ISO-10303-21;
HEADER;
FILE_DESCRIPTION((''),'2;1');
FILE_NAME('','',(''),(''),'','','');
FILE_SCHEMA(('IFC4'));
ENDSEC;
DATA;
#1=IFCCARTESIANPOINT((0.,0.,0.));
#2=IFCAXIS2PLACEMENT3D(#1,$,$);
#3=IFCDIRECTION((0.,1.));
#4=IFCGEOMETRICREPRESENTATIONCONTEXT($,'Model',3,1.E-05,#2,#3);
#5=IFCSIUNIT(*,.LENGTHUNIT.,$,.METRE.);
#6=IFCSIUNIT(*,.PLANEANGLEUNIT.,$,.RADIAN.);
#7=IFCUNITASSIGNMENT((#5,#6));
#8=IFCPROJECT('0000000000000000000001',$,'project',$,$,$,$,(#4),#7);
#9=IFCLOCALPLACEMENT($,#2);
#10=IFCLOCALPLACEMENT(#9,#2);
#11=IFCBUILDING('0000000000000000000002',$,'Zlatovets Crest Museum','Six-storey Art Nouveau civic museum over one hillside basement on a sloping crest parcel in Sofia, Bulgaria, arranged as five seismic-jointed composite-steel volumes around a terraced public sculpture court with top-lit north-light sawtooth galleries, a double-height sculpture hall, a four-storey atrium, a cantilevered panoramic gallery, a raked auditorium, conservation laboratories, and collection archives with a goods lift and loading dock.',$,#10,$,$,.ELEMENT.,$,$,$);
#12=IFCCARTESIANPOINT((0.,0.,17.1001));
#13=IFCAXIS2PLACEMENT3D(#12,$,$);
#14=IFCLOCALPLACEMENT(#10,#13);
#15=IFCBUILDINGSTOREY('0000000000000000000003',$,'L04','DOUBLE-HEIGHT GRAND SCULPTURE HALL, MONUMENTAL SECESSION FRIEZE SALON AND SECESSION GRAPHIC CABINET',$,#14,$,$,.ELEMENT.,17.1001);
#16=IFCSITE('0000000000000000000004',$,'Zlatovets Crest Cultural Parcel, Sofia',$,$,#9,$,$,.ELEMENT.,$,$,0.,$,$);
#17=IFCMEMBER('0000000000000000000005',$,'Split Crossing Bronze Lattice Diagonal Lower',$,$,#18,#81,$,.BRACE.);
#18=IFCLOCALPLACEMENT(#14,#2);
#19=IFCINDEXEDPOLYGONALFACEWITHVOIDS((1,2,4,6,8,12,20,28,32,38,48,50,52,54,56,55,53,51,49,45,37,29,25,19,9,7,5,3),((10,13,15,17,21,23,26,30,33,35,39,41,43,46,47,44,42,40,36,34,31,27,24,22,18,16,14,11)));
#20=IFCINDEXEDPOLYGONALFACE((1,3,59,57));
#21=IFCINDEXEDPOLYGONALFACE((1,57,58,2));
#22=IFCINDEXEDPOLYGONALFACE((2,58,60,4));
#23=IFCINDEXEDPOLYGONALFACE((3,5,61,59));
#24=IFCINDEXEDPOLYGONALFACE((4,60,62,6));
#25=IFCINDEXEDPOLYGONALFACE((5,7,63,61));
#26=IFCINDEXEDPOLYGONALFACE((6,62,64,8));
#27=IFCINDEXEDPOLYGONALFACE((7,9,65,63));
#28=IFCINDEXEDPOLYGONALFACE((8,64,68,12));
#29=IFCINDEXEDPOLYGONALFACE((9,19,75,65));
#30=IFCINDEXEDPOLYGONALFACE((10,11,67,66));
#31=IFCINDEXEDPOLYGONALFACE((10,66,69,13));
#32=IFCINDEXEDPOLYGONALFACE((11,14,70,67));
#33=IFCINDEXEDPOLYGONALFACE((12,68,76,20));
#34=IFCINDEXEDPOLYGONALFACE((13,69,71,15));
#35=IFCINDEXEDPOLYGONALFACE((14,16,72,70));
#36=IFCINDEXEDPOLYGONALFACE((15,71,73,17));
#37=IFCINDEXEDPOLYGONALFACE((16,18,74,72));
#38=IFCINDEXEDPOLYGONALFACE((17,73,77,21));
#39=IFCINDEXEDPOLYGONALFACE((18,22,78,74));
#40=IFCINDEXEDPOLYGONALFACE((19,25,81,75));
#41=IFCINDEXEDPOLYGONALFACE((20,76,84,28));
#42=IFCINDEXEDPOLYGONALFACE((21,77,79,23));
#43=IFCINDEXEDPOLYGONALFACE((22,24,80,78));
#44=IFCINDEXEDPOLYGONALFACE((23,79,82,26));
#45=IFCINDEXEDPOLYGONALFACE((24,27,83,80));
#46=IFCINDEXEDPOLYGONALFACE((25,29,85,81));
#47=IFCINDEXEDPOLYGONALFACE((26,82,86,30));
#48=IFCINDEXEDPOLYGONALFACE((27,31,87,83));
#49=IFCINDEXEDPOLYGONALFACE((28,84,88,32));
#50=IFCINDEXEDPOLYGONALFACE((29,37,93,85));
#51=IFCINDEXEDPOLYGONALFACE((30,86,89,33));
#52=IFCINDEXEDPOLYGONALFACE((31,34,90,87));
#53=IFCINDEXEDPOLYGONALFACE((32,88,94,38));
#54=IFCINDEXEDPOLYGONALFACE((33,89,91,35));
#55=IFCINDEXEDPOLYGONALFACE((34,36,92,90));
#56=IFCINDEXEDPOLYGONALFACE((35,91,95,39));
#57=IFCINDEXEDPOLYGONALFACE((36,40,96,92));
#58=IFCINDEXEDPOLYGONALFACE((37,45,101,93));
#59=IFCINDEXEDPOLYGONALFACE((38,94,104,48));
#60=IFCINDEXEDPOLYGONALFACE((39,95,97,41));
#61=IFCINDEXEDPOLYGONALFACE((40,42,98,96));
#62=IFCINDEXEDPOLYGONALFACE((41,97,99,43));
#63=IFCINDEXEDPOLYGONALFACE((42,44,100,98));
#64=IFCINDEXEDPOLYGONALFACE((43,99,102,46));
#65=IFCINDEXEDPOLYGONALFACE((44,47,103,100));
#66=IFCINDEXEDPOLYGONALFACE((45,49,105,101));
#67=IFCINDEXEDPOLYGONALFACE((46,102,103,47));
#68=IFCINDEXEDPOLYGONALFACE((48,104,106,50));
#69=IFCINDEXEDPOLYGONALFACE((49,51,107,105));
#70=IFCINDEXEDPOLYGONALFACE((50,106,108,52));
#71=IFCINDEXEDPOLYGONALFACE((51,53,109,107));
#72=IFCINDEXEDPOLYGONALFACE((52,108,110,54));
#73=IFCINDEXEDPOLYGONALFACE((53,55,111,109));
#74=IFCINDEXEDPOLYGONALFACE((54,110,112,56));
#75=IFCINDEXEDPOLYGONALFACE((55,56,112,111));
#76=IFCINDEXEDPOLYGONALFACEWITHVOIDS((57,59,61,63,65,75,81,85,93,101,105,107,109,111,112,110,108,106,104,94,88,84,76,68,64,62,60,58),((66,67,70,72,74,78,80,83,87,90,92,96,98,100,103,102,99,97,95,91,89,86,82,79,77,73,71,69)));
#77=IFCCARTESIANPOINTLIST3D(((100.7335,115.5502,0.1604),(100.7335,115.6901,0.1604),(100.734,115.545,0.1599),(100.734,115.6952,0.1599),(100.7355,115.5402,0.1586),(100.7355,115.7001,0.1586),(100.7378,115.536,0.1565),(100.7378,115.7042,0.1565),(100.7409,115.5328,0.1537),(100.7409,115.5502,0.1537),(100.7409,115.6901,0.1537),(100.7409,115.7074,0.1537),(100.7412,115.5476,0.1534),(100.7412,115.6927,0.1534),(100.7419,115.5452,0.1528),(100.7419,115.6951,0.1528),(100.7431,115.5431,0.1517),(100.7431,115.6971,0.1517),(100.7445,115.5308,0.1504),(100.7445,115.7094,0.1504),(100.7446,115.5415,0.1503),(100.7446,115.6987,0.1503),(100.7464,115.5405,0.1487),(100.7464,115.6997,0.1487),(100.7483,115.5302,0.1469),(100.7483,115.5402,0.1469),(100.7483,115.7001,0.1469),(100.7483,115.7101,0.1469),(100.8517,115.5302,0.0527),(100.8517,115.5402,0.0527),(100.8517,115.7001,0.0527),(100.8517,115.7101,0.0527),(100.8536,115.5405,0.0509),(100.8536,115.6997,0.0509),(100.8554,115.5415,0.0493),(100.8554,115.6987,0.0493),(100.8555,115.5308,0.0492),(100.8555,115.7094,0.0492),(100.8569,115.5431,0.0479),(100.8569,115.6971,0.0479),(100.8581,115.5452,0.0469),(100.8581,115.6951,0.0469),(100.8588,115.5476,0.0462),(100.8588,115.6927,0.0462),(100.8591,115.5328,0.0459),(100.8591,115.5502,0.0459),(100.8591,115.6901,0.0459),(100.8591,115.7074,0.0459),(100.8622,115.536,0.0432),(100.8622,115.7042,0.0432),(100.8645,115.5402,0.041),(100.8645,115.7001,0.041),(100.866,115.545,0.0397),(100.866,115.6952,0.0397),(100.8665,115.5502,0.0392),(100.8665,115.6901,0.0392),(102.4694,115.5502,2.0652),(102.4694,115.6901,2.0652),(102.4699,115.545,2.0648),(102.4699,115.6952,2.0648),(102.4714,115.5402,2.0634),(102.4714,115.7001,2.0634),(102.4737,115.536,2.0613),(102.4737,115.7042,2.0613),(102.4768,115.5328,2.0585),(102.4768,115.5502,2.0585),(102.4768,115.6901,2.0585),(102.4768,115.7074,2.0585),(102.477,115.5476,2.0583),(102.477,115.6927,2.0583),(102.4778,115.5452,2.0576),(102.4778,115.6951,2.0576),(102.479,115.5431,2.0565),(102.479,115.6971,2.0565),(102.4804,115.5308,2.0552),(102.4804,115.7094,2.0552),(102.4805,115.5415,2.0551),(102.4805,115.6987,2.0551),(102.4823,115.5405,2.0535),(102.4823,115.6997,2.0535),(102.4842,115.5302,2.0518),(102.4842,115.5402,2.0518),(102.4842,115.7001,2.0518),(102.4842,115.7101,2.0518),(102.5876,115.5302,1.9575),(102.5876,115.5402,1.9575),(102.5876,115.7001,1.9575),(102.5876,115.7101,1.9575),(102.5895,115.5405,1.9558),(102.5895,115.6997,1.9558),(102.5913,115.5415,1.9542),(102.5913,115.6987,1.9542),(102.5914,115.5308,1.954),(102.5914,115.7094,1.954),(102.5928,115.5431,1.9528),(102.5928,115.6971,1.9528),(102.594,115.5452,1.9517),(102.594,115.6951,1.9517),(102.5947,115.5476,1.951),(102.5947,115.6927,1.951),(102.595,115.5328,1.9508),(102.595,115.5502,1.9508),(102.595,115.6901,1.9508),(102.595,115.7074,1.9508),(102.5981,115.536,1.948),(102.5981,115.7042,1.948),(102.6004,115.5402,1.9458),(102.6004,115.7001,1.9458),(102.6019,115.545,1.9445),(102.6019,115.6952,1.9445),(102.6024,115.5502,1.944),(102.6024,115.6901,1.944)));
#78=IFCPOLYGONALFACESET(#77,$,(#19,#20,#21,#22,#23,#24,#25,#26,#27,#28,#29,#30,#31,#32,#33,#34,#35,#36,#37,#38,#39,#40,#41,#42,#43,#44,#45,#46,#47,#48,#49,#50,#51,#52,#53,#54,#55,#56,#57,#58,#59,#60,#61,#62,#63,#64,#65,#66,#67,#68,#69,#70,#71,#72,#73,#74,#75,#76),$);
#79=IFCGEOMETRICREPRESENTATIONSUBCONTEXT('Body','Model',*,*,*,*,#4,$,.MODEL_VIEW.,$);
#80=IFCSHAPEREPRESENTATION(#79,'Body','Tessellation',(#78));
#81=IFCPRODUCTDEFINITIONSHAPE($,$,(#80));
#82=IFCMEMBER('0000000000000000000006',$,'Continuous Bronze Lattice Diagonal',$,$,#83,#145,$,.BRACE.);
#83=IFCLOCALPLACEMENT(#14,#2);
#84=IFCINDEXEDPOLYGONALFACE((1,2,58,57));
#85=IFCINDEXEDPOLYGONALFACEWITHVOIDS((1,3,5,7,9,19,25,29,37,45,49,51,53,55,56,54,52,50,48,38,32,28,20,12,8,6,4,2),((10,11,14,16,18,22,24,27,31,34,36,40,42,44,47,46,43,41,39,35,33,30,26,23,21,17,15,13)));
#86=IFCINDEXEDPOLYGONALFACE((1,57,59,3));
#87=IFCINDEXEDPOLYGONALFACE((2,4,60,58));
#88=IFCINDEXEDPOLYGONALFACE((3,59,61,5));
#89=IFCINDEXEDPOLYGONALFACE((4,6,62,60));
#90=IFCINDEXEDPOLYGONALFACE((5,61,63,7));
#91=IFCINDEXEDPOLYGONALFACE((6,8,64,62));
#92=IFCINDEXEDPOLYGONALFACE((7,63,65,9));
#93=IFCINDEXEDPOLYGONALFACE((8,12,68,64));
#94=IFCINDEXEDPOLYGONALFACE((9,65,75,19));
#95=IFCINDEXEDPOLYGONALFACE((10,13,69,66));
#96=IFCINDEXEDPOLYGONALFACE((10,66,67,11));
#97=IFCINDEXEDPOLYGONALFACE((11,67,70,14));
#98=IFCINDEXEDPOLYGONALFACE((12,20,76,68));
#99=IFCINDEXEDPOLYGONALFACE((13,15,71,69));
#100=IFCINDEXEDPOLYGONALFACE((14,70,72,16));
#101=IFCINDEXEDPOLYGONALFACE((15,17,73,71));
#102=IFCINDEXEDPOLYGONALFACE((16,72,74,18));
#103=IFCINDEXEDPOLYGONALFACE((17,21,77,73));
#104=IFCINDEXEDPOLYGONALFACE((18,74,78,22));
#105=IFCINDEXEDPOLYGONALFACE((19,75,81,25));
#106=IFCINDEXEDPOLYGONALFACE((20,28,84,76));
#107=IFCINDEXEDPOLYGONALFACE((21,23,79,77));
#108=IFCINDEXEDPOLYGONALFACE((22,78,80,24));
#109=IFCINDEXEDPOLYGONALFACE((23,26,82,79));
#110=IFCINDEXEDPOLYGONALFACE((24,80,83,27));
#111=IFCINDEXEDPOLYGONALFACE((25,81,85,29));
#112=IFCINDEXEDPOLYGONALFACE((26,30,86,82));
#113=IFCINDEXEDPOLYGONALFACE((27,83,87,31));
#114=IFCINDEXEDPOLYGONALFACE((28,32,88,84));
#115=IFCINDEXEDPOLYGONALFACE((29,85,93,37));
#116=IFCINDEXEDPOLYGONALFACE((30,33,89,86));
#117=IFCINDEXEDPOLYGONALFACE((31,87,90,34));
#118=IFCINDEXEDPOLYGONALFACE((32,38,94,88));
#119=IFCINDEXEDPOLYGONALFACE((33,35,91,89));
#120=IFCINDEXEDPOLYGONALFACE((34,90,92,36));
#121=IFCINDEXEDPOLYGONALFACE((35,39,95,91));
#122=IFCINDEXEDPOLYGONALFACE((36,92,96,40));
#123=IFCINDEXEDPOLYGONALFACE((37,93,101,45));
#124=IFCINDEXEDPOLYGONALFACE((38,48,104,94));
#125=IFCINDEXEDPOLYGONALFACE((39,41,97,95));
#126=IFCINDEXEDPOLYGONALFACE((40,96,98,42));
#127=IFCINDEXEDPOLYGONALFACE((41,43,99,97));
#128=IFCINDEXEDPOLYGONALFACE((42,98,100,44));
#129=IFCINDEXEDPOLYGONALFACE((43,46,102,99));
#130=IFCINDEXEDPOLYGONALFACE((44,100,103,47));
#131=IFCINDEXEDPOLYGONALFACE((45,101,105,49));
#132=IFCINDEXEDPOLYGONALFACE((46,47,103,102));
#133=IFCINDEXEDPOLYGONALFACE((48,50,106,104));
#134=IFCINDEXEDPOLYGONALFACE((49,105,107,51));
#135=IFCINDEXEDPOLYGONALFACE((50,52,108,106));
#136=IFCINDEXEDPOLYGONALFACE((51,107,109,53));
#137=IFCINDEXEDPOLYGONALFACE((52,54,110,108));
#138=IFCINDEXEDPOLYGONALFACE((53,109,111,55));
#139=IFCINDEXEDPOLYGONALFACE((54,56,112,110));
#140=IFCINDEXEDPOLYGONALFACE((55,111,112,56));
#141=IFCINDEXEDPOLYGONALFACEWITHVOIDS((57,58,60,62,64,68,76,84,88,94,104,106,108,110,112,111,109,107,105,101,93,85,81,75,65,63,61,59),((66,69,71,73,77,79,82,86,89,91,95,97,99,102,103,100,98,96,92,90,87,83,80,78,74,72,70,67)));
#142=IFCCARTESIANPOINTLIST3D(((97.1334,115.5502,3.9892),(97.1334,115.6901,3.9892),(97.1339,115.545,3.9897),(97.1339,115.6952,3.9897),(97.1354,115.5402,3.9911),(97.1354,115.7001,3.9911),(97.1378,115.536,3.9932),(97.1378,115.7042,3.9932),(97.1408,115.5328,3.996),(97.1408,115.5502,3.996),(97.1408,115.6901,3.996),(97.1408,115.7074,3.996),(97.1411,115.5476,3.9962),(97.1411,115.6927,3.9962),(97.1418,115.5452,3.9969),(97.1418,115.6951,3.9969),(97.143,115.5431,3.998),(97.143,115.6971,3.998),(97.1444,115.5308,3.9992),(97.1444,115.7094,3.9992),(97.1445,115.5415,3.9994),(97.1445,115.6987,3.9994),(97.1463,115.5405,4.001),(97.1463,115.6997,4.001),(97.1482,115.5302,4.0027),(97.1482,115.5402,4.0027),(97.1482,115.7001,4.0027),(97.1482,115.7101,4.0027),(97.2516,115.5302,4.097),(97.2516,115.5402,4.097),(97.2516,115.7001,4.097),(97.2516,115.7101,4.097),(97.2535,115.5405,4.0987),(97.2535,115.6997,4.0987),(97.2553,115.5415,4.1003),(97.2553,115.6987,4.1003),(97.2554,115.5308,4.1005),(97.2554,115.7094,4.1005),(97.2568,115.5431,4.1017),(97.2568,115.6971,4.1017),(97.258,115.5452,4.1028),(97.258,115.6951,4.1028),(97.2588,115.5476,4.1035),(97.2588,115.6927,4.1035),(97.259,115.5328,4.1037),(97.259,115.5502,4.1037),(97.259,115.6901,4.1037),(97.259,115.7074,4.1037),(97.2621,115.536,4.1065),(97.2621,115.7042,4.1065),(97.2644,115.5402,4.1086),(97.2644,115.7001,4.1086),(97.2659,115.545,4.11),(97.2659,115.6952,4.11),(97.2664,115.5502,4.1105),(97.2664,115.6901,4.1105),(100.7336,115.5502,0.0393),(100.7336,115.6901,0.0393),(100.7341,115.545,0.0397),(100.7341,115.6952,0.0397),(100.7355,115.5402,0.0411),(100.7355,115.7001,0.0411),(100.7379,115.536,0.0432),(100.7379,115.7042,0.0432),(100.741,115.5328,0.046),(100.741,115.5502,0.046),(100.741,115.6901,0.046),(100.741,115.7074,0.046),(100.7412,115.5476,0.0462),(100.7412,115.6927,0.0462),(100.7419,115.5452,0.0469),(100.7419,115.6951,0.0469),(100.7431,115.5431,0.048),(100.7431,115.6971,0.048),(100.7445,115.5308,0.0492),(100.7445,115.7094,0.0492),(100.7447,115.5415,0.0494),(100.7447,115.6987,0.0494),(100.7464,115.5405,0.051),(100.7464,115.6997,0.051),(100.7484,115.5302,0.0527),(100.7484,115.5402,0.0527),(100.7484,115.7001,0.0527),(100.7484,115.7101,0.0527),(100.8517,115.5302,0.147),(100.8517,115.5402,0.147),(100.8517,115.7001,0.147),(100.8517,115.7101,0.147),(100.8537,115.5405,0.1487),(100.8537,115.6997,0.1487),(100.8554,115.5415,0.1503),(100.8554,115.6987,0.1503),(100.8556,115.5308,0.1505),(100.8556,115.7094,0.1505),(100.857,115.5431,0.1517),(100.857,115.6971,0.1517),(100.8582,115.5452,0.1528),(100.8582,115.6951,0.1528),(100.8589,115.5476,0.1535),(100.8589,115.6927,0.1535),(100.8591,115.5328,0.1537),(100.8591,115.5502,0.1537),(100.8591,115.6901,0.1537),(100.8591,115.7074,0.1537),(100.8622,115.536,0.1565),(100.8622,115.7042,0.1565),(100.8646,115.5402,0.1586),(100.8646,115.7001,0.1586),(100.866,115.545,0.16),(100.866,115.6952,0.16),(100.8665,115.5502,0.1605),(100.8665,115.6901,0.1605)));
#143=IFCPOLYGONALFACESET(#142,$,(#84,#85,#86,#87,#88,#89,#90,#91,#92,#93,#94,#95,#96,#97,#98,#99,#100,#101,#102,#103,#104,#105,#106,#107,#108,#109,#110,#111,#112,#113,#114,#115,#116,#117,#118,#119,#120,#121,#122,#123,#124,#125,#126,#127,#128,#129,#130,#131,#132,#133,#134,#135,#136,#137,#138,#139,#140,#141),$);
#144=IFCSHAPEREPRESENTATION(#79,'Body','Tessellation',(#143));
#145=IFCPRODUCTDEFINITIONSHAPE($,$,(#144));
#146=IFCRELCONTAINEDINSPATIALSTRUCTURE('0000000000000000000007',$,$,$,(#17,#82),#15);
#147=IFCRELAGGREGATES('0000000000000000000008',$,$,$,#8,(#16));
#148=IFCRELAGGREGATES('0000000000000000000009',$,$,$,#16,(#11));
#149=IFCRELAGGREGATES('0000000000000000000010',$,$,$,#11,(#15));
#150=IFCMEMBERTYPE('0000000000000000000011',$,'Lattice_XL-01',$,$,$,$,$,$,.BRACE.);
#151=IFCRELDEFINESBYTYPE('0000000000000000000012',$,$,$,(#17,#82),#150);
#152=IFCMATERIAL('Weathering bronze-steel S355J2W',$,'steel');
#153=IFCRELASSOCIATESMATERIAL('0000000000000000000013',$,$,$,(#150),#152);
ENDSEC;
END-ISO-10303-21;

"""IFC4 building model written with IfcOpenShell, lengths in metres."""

from ifc_helpers import new_model, si_unit, direction, frame, origin, origin_2d, place, context, subcontext, project, spatial, hollow_rectangle, extrude, material, material_profile, profile_set, type_object, element, save


model = new_model("IFC4")

# Units and contexts
model_context = context("Model", 3, precision=1e-05, world=origin(), true_north=direction((0.0, 1.0)))
body_context = subcontext(model_context, "Body", "Model", "MODEL_VIEW")
ifc_project = project(units=[si_unit("LENGTHUNIT", "METRE"), si_unit("PLANEANGLEUNIT", "RADIAN")], contexts=[model_context])

# Site, building, storey
site_placement = place(None, origin())
site = spatial("IfcSite", under=ifc_project, at=site_placement, Name="Zlatovets Crest Cultural Parcel, Sofia", CompositionType="ELEMENT", RefElevation=0.0)
building_placement = place(site_placement, origin())
building = spatial("IfcBuilding", under=site, at=building_placement, Name="Zlatovets Crest Museum", Description="Six-storey Art Nouveau civic museum over one hillside basement on a sloping crest parcel in Sofia, Bulgaria, arranged as five seismic-jointed composite-steel volumes around a terraced public sculpture court with top-lit north-light sawtooth galleries, a double-height sculpture hall, a four-storey atrium, a cantilevered panoramic gallery, a raked auditorium, conservation laboratories, and collection archives with a goods lift and loading dock.", CompositionType="ELEMENT")
storey_placement = place(building_placement, frame((0.0, 0.0, 17.1001)))
storey = spatial("IfcBuildingStorey", under=building, at=storey_placement, Name="L04", Description="DOUBLE-HEIGHT GRAND SCULPTURE HALL, MONUMENTAL SECESSION FRIEZE SALON AND SECESSION GRAPHIC CABINET", CompositionType="ELEMENT", Elevation=17.1001)

# Members
ifc_material_1 = material(Name="Weathering bronze-steel S355J2W", Category="steel")
ifc_material_profile_1 = material_profile(ifc_material_1, hollow_rectangle(XDim=0.1799, YDim=0.1799, WallThickness=0.01, InnerFilletRadius=0.01, OuterFilletRadius=0.02, at=origin_2d()), Name="SHS 180x180x10.0")
ifc_profile_set_1 = profile_set([ifc_material_profile_1], Name="Weathering bronze-steel S355J2W")
member_type_1 = type_object("IfcMemberType", Name="Lattice_XL-01", PredefinedType="BRACE", material=ifc_profile_set_1)
member_1_placement = place(storey_placement, frame((102.5359, 115.6201, 2.0046), z_axis=(-0.673568, 0.0, -0.739125), x_axis=(0.0, -1.0, 0.0)))
element("IfcMember", 1, at=member_1_placement, inside=storey, type_object=member_type_1, Name="Split Crossing Bronze Lattice Diagonal Lower", PredefinedType="BRACE", context=body_context, shape_type="SweptSolid", body=[
    extrude(hollow_rectangle(XDim=0.1799, YDim=0.1799, WallThickness=0.01, InnerFilletRadius=0.01, OuterFilletRadius=0.02, at=origin_2d()), origin(), (0.0, 0.0, 1.0), 2.5771),
])
member_2_placement = place(storey_placement, frame((100.8, 115.6201, 0.0999), z_axis=(-0.673618, 0.0, 0.73908), x_axis=(0.0, -1.0, 0.0)))
element("IfcMember", 2, at=member_2_placement, inside=storey, type_object=member_type_1, Name="Continuous Bronze Lattice Diagonal", PredefinedType="BRACE", context=body_context, shape_type="SweptSolid", body=[
    extrude(hollow_rectangle(XDim=0.1799, YDim=0.1799, WallThickness=0.01, InnerFilletRadius=0.01, OuterFilletRadius=0.02, at=origin_2d()), origin(), (0.0, 0.0, 1.0), 5.3445),
])

save(model, "model.ifc")
